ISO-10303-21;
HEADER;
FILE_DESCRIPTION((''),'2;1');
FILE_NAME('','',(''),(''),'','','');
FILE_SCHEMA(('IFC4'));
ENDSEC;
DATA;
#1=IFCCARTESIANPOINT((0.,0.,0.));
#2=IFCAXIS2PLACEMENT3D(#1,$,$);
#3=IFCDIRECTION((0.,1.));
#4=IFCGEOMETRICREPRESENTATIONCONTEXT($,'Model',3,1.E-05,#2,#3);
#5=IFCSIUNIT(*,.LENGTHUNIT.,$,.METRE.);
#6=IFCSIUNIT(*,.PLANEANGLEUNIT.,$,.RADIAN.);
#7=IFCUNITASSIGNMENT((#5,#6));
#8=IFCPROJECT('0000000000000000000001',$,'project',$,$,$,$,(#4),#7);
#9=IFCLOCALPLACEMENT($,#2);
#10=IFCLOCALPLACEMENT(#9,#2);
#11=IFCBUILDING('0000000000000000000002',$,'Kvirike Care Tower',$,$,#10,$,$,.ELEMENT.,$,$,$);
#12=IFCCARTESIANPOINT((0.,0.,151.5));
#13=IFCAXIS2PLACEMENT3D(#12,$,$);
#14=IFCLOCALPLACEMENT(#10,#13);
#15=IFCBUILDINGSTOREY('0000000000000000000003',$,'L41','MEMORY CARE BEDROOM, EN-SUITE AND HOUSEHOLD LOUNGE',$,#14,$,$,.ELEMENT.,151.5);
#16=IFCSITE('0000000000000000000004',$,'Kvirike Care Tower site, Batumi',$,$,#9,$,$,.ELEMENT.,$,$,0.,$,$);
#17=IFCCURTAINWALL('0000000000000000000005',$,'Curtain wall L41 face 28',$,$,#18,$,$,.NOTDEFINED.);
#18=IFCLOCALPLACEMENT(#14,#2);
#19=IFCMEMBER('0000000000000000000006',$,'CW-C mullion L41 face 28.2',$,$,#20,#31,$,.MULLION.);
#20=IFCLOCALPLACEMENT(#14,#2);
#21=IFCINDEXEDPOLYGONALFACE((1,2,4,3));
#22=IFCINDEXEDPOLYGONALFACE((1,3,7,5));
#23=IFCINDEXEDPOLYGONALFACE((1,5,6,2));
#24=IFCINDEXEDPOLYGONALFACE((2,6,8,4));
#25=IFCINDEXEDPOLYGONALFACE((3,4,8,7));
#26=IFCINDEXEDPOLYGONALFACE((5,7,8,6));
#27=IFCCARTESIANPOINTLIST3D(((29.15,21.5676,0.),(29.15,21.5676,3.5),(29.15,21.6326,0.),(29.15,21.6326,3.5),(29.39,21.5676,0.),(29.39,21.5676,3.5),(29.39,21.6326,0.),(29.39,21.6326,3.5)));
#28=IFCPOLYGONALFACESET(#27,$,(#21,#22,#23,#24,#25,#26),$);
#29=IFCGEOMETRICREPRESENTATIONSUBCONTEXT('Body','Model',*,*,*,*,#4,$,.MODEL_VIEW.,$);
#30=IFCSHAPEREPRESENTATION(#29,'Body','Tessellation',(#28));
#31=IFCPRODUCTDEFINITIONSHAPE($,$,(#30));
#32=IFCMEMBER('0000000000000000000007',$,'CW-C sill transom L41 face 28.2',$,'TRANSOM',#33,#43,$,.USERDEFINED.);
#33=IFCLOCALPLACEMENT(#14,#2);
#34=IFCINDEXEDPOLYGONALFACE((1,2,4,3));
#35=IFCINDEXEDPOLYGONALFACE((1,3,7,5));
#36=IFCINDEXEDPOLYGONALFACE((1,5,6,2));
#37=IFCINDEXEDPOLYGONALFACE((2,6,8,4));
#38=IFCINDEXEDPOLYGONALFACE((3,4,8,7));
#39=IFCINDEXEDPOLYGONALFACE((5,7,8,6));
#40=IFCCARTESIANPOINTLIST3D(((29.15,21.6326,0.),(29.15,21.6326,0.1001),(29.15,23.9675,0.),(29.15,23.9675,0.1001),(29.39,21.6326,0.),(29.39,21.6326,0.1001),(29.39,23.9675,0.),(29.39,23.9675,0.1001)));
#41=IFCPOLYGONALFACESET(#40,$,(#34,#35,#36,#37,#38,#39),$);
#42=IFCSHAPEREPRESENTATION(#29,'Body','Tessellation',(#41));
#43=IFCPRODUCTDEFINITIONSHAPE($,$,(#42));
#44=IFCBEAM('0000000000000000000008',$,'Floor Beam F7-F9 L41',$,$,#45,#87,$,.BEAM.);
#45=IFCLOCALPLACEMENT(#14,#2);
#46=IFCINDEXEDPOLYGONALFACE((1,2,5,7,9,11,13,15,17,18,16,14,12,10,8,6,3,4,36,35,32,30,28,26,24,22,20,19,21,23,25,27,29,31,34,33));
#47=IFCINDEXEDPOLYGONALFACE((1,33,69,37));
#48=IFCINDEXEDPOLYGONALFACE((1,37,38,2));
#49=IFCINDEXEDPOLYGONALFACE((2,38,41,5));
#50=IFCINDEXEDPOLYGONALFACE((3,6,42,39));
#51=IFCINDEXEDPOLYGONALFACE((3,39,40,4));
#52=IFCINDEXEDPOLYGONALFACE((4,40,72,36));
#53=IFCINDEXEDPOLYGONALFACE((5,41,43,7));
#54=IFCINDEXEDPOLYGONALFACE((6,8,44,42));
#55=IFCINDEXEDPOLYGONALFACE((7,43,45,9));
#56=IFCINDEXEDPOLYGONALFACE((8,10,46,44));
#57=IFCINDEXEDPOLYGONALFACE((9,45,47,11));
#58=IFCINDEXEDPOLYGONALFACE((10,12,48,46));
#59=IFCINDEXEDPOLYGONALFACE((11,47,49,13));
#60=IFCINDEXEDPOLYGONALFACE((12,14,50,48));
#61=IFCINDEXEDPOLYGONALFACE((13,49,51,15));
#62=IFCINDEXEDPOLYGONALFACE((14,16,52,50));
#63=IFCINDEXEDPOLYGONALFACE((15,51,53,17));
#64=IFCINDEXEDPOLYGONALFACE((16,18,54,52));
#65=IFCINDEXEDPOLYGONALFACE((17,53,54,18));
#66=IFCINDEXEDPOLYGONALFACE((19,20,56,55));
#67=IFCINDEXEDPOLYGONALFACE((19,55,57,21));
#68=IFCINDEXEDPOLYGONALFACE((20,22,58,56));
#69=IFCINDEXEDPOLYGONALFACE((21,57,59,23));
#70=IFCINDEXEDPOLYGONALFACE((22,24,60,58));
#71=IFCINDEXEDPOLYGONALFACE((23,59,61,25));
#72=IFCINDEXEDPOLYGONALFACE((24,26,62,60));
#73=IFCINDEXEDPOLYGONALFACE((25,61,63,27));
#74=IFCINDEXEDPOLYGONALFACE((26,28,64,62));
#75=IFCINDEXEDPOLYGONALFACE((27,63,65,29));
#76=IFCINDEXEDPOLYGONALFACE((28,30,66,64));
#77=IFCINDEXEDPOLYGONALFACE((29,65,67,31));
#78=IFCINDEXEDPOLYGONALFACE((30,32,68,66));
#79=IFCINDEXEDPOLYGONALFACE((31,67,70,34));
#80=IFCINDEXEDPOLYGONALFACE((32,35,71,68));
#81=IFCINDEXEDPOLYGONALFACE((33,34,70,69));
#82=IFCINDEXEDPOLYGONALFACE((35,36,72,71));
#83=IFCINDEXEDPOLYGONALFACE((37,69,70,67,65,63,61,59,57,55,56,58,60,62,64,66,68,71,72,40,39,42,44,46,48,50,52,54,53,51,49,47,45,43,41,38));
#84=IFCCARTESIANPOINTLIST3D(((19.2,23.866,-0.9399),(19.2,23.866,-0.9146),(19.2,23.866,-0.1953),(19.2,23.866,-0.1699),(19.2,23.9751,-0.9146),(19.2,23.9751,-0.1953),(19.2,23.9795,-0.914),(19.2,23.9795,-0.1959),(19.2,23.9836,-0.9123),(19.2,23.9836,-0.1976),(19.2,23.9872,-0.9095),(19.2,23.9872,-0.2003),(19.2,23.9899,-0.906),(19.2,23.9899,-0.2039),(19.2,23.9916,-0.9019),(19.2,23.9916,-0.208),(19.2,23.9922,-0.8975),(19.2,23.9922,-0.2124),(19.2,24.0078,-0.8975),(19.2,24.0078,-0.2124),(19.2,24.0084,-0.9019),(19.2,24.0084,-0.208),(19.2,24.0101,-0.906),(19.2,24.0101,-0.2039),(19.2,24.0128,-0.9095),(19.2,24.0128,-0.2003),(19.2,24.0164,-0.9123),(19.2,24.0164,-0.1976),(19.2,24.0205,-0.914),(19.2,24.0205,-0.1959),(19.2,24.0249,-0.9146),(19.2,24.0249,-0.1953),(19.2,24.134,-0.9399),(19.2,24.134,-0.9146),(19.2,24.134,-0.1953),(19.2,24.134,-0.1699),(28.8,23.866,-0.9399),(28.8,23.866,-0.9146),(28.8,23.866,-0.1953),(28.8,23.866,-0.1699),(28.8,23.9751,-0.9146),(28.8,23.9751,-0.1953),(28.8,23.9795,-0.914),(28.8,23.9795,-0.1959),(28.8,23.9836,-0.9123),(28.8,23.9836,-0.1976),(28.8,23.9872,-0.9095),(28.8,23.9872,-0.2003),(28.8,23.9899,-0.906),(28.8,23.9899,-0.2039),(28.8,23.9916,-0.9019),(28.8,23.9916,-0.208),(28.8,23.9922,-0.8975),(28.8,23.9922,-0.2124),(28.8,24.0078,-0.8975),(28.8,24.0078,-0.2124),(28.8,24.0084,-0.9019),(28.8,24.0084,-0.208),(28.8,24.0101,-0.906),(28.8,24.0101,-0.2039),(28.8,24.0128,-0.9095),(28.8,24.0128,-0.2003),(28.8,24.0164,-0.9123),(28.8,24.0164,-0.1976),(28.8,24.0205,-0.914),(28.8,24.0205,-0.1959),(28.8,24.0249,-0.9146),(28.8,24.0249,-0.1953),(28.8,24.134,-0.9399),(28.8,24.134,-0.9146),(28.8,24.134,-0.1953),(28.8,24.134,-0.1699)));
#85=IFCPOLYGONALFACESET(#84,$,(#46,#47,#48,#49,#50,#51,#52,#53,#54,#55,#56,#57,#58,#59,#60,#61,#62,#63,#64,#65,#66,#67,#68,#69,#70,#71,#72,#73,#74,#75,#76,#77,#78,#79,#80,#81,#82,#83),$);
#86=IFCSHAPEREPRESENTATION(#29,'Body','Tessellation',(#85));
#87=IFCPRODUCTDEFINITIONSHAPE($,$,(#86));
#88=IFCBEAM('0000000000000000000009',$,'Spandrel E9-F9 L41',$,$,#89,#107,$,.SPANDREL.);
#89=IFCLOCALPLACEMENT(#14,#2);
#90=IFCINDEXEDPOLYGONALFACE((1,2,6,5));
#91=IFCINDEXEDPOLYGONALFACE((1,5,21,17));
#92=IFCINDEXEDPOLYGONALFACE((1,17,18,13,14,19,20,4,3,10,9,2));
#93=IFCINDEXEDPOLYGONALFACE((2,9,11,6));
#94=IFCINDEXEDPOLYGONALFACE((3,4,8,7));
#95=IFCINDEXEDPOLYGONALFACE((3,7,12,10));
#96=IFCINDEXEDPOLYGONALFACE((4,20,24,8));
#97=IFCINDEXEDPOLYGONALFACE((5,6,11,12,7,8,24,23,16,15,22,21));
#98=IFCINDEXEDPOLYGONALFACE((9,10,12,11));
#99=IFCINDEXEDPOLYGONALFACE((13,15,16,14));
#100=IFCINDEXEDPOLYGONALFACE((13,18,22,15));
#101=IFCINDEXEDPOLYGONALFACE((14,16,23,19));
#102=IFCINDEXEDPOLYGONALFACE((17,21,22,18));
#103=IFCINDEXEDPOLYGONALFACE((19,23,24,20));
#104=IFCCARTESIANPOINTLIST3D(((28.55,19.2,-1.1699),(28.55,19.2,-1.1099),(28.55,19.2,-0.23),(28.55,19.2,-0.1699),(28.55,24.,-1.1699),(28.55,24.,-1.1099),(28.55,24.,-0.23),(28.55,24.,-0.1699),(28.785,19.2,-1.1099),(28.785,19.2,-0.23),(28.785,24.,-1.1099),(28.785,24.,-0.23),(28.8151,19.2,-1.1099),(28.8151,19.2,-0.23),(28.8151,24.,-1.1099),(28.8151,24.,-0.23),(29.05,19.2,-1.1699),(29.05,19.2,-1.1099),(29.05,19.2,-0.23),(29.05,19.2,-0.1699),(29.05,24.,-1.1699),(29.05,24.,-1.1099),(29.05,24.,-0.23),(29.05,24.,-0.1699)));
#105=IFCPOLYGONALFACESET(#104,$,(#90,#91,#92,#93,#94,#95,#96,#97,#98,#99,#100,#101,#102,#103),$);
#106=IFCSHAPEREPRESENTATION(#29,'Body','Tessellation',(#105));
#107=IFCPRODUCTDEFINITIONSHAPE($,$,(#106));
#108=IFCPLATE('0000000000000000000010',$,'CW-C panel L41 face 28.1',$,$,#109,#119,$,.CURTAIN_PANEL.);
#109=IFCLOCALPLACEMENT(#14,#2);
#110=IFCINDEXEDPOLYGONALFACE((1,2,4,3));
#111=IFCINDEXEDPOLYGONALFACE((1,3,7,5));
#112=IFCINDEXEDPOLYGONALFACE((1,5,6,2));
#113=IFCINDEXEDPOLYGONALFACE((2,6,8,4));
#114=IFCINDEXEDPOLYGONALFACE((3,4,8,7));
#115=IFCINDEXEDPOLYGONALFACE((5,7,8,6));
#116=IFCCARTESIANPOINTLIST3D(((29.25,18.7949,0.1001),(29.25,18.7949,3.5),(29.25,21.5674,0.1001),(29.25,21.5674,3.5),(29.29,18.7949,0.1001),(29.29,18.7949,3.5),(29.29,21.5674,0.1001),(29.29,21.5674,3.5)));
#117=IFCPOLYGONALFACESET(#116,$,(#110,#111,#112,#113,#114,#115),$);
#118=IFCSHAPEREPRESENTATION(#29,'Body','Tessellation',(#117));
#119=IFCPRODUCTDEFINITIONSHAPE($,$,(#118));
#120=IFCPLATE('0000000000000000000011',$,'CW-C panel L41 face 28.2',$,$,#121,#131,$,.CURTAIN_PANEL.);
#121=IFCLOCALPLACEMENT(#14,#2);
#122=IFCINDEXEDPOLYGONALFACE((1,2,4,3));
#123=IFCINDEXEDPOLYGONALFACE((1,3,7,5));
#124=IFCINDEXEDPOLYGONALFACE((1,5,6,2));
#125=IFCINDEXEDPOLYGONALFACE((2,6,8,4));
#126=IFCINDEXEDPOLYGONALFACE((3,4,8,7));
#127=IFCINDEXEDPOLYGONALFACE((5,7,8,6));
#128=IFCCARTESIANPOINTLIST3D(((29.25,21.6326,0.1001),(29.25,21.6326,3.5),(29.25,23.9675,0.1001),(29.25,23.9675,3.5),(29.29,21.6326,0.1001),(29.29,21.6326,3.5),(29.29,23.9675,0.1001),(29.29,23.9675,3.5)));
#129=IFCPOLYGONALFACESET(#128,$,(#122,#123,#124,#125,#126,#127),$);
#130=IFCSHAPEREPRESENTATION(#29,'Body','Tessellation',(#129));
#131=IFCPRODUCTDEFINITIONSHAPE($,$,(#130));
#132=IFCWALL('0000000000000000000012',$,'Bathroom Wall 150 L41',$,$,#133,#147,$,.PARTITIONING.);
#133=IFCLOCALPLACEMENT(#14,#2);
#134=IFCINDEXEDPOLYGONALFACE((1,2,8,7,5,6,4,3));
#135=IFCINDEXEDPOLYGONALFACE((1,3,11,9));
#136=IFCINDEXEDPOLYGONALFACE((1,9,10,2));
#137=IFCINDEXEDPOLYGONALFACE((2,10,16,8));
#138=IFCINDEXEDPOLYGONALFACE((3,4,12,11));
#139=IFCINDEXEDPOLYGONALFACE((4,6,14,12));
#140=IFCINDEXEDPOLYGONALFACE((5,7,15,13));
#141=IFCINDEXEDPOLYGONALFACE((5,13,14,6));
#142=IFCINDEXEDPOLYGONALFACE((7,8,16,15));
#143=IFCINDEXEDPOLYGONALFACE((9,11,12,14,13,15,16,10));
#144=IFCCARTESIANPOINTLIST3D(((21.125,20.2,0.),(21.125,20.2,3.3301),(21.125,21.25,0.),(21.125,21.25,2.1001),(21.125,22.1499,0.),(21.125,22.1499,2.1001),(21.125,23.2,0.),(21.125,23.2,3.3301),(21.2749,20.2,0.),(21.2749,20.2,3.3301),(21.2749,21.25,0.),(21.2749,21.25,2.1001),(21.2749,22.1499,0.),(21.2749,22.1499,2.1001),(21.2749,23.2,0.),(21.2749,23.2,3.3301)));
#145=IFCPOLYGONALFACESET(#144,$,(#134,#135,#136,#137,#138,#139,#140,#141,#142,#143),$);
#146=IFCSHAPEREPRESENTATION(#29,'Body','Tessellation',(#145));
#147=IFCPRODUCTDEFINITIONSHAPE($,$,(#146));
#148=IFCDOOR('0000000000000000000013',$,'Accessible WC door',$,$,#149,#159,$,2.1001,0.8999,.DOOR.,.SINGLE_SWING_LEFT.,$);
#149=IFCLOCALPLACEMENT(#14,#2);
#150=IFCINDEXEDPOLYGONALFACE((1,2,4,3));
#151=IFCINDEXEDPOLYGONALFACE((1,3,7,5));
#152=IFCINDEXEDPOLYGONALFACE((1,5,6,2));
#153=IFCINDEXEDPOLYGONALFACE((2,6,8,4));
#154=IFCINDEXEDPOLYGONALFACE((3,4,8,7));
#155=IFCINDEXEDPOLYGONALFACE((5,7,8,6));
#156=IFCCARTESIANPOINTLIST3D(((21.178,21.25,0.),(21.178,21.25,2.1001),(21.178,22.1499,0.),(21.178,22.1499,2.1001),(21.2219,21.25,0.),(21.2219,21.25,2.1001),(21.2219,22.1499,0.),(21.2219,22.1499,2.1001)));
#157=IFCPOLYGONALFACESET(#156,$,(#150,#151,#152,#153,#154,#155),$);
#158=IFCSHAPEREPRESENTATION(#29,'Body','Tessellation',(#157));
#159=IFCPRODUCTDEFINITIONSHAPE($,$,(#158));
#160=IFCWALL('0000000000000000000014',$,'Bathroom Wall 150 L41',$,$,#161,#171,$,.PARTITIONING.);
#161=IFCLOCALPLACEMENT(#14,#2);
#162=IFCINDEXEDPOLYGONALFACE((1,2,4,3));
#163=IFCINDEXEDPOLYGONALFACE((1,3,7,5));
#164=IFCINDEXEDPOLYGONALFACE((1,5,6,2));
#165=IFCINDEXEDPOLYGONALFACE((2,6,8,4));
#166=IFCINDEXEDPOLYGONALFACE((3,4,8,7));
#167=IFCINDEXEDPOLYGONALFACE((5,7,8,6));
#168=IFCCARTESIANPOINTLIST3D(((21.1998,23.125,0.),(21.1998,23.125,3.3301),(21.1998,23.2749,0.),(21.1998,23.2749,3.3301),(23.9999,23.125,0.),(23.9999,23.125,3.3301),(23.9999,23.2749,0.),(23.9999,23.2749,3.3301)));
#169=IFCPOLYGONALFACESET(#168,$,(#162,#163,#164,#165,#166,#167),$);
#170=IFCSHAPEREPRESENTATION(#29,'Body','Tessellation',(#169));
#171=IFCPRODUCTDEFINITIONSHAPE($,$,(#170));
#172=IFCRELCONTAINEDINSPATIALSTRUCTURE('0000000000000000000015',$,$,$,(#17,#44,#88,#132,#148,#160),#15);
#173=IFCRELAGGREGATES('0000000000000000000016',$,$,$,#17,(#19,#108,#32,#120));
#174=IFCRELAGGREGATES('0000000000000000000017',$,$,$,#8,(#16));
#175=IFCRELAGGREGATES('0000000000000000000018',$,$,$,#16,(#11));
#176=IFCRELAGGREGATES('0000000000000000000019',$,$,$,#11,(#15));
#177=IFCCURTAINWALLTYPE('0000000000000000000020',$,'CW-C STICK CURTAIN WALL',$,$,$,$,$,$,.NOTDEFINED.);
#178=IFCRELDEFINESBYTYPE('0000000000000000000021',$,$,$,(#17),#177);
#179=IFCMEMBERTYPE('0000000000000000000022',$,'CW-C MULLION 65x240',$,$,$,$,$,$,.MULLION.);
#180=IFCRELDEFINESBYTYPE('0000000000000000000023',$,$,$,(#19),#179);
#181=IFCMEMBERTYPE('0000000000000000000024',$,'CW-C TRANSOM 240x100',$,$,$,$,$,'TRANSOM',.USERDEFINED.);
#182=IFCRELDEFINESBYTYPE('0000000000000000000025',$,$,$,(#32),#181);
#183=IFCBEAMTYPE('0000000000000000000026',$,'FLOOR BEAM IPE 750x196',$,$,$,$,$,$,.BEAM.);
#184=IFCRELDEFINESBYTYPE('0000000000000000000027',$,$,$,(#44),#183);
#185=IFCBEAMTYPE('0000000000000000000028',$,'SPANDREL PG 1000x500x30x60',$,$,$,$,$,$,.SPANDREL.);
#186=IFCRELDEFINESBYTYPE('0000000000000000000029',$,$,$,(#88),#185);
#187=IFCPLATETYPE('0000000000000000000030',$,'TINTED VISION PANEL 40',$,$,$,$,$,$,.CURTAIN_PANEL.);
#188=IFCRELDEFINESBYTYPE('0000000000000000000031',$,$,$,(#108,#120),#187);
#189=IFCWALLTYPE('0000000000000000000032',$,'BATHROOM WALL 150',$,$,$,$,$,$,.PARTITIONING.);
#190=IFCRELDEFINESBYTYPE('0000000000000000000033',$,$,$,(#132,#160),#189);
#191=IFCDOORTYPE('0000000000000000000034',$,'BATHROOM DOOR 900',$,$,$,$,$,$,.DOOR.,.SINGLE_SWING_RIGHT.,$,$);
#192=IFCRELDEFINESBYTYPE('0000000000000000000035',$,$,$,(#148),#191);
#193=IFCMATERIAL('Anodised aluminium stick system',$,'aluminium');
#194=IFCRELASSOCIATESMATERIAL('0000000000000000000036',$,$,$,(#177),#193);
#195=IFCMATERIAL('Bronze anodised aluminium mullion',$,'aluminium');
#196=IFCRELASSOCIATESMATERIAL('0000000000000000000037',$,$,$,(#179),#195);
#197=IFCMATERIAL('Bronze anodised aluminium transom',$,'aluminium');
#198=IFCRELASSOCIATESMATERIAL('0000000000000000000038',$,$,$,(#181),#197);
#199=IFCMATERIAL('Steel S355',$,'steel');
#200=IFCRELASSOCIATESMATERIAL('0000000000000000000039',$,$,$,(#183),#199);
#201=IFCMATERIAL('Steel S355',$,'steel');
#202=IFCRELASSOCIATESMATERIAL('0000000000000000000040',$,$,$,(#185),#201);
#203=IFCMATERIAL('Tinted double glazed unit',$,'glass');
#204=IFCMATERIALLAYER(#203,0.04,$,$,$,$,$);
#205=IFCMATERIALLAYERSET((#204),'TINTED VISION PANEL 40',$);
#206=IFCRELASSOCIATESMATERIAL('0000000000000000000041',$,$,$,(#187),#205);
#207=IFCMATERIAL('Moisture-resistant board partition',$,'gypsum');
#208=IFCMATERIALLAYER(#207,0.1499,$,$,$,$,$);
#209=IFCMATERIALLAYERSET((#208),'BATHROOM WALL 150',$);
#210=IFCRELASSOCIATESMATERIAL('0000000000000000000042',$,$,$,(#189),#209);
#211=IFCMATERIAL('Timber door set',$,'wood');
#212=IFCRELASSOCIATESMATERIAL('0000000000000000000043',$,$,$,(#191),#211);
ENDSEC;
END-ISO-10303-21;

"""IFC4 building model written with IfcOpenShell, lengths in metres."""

from ifc_helpers import new_model, si_unit, direction, frame, frame_2d, origin, origin_2d, place, context, subcontext, project, spatial, rectangle, i_section, extrude, material, layer, layer_set, material_profile, profile_set, type_object, element, fill, aggregate, save


model = new_model("IFC4")

# Units and contexts
model_context = context("Model", 3, precision=1e-05, world=origin(), true_north=direction((0.0, 1.0)))
body_context = subcontext(model_context, "Body", "Model", "MODEL_VIEW")
ifc_project = project(units=[si_unit("LENGTHUNIT", "METRE"), si_unit("PLANEANGLEUNIT", "RADIAN")], contexts=[model_context])

# Site, building, storey
site_placement = place(None, origin())
site = spatial("IfcSite", under=ifc_project, at=site_placement, Name="Kvirike Care Tower site, Batumi", CompositionType="ELEMENT", RefElevation=0.0)
building_placement = place(site_placement, origin())
building = spatial("IfcBuilding", under=site, at=building_placement, Name="Kvirike Care Tower", CompositionType="ELEMENT")
storey_placement = place(building_placement, frame((0.0, 0.0, 151.5)))
storey = spatial("IfcBuildingStorey", under=building, at=storey_placement, Name="L41", Description="MEMORY CARE BEDROOM, EN-SUITE AND HOUSEHOLD LOUNGE", CompositionType="ELEMENT", Elevation=151.5)

# Curtain wall, members
ifc_material_1 = material(Name="Anodised aluminium stick system", Category="aluminium")
curtain_wall_type = type_object("IfcCurtainWallType", Name="CW-C STICK CURTAIN WALL", PredefinedType="NOTDEFINED", material=ifc_material_1)
curtain_wall_placement = place(storey_placement, origin())
curtain_wall = element("IfcCurtainWall", 1, at=curtain_wall_placement, inside=storey, type_object=curtain_wall_type, Name="Curtain wall L41 face 28", PredefinedType="NOTDEFINED")
ifc_material_2 = material(Name="Bronze anodised aluminium mullion", Category="aluminium")
ifc_material_profile_1 = material_profile(ifc_material_2, rectangle(XDim=0.0649, YDim=0.24, at=origin_2d()), Name="CW-C MULLION 65x240")
ifc_profile_set_1 = profile_set([ifc_material_profile_1], Name="Bronze anodised aluminium mullion")
member_type_1 = type_object("IfcMemberType", Name="CW-C MULLION 65x240", PredefinedType="MULLION", material=ifc_profile_set_1)
member_1_placement = place(storey_placement, frame((29.27, 21.6001, 0.0), z_axis=(0.0, 0.0, 1.0), x_axis=(0.0, 1.0, 0.0)))
member_1 = element("IfcMember", 2, at=member_1_placement, type_object=member_type_1, Name="CW-C mullion L41 face 28.2", PredefinedType="MULLION", context=body_context, shape_type="SweptSolid", body=[
    extrude(rectangle(XDim=0.0649, YDim=0.24, at=origin_2d()), origin(), (0.0, 0.0, 1.0), 3.5),
])
ifc_material_3 = material(Name="Bronze anodised aluminium transom", Category="aluminium")
ifc_material_profile_2 = material_profile(ifc_material_3, rectangle(XDim=0.24, YDim=0.1001, at=origin_2d()), Name="CW-C TRANSOM 240x100")
ifc_profile_set_2 = profile_set([ifc_material_profile_2], Name="Bronze anodised aluminium transom")
member_type_2 = type_object("IfcMemberType", Name="CW-C TRANSOM 240x100", ElementType="TRANSOM", PredefinedType="USERDEFINED", material=ifc_profile_set_2)
member_2_placement = place(storey_placement, frame((29.27, 21.6326, 0.05), z_axis=(0.0, 1.0, 0.0), x_axis=(-1.0, 0.0, 0.0)))
member_2 = element("IfcMember", 3, at=member_2_placement, type_object=member_type_2, Name="CW-C sill transom L41 face 28.2", ObjectType="TRANSOM", PredefinedType="USERDEFINED", context=body_context, shape_type="SweptSolid", body=[
    extrude(rectangle(XDim=0.24, YDim=0.1001, at=origin_2d()), origin(), (0.0, 0.0, 1.0), 2.335),
])

# Beams
ifc_material_4 = material(Name="Steel S355", Category="steel")
ifc_material_profile_3 = material_profile(ifc_material_4, i_section(OverallWidth=0.2681, OverallDepth=0.77, WebThickness=0.0156, FlangeThickness=0.0254, FilletRadius=0.0171, at=origin_2d()), Name="IPE 750x196")
ifc_profile_set_3 = profile_set([ifc_material_profile_3], Name="Steel S355")
beam_type_1 = type_object("IfcBeamType", Name="FLOOR BEAM IPE 750x196", PredefinedType="BEAM", material=ifc_profile_set_3)
beam_1_placement = place(storey_placement, frame((19.2, 24.0, -0.5549), z_axis=(1.0, 0.0, 0.0), x_axis=(0.0, 1.0, 0.0)))
element("IfcBeam", 4, at=beam_1_placement, inside=storey, type_object=beam_type_1, Name="Floor Beam F7-F9 L41", PredefinedType="BEAM", context=body_context, shape_type="SweptSolid", body=[
    extrude(i_section(OverallWidth=0.2681, OverallDepth=0.77, WebThickness=0.0156, FlangeThickness=0.0254, FilletRadius=0.0171, at=origin_2d()), origin(), (0.0, 0.0, 1.0), 9.6001),
])
ifc_material_5 = material(Name="Steel S355", Category="steel")
ifc_material_profile_4 = material_profile(ifc_material_5, i_section(OverallWidth=0.5, OverallDepth=1.0, WebThickness=0.03, FlangeThickness=0.0601, at=origin_2d()), Name="PG 1000x500x30x60")
ifc_profile_set_4 = profile_set([ifc_material_profile_4], Name="Steel S355")
beam_type_2 = type_object("IfcBeamType", Name="SPANDREL PG 1000x500x30x60", PredefinedType="SPANDREL", material=ifc_profile_set_4)
beam_2_placement = place(storey_placement, frame((28.8, 19.2, -0.6699), z_axis=(0.0, 1.0, 0.0), x_axis=(-1.0, 0.0, 0.0)))
element("IfcBeam", 5, at=beam_2_placement, inside=storey, type_object=beam_type_2, Name="Spandrel E9-F9 L41", PredefinedType="SPANDREL", context=body_context, shape_type="SweptSolid", body=[
    extrude(i_section(OverallWidth=0.5, OverallDepth=1.0, WebThickness=0.03, FlangeThickness=0.0601, at=origin_2d()), origin(), (0.0, 0.0, 1.0), 4.8),
])

# Plates
ifc_material_6 = material(Name="Tinted double glazed unit", Category="glass")
ifc_layer_1 = layer(ifc_material_6, 0.04)
ifc_layer_set_1 = layer_set([ifc_layer_1], Name="TINTED VISION PANEL 40")
plate_type = type_object("IfcPlateType", Name="TINTED VISION PANEL 40", PredefinedType="CURTAIN_PANEL", material=ifc_layer_set_1)
plate_1_placement = place(storey_placement, frame((29.27, 20.1812, 0.1001), z_axis=(0.0, 0.0, 1.0), x_axis=(0.0, 1.0, 0.0)))
plate_1 = element("IfcPlate", 6, at=plate_1_placement, type_object=plate_type, Name="CW-C panel L41 face 28.1", PredefinedType="CURTAIN_PANEL", context=body_context, shape_type="SweptSolid", body=[
    extrude(rectangle(XDim=2.7725, YDim=0.04, at=origin_2d()), origin(), (0.0, 0.0, 1.0), 3.3999),
])
plate_2_placement = place(storey_placement, frame((29.27, 22.8, 0.1001), z_axis=(0.0, 0.0, 1.0), x_axis=(0.0, 1.0, 0.0)))
plate_2 = element("IfcPlate", 7, at=plate_2_placement, type_object=plate_type, Name="CW-C panel L41 face 28.2", PredefinedType="CURTAIN_PANEL", context=body_context, shape_type="SweptSolid", body=[
    extrude(rectangle(XDim=2.335, YDim=0.04, at=origin_2d()), origin(), (0.0, 0.0, 1.0), 3.3999),
])
aggregate(curtain_wall, [member_1, plate_1, member_2, plate_2])

# Wall, opening, door
ifc_material_7 = material(Name="Moisture-resistant board partition", Category="gypsum")
ifc_layer_2 = layer(ifc_material_7, 0.1499)
ifc_layer_set_2 = layer_set([ifc_layer_2], Name="BATHROOM WALL 150")
wall_type_1 = type_object("IfcWallType", Name="BATHROOM WALL 150", PredefinedType="PARTITIONING", material=ifc_layer_set_2)
wall_1_placement = place(storey_placement, frame((21.2, 20.2, 0.0), z_axis=(0.0, 0.0, 1.0), x_axis=(0.0, 1.0, 0.0)))
wall_1 = element("IfcWall", 8, at=wall_1_placement, inside=storey, type_object=wall_type_1, Name="Bathroom Wall 150 L41", PredefinedType="PARTITIONING", context=body_context, shape_type="SweptSolid", body=[
    extrude(rectangle(XDim=3.0, YDim=0.1499, at=frame_2d((1.5, 0.0))), origin(), (0.0, 0.0, 1.0), 3.3301),
])
opening_1_placement = place(wall_1_placement, frame((1.05, 0.0, 0.0)))
opening_1 = element("IfcOpeningElement", 9, at=opening_1_placement, cuts=wall_1, PredefinedType="OPENING", context=body_context, shape_type="SweptSolid", body=[
    extrude(rectangle(XDim=0.8999, YDim=2.1001, at=frame_2d((0.45, 1.05))), frame((0.0, 0.0854, 0.0), z_axis=(0.0, -1.0, 0.0), x_axis=(1.0, 0.0, 0.0)), (0.0, 0.0, 1.0), 0.1709),
])
ifc_material_8 = material(Name="Timber door set", Category="wood")
door_type_1 = type_object("IfcDoorType", Name="BATHROOM DOOR 900", OperationType="SINGLE_SWING_RIGHT", PredefinedType="DOOR", material=ifc_material_8)
door_1_placement = place(opening_1_placement, frame((0.8999, 0.0, 0.0), z_axis=(0.0, 0.0, 1.0), x_axis=(-1.0, 0.0, 0.0)))
door_1 = element("IfcDoor", 10, at=door_1_placement, inside=storey, type_object=door_type_1, Name="Accessible WC door", OperationType="SINGLE_SWING_LEFT", OverallHeight=2.1001, OverallWidth=0.8999, PredefinedType="DOOR", context=body_context, shape_type="SweptSolid", body=[
    extrude(rectangle(XDim=0.8999, YDim=2.1001, at=frame_2d((0.45, 1.05))), frame((0.0, 0.022, 0.0), z_axis=(0.0, -1.0, 0.0), x_axis=(1.0, 0.0, 0.0)), (0.0, 0.0, 1.0), 0.0439),
])
fill(opening_1, door_1)

# Wall
wall_2_placement = place(storey_placement, frame((21.2, 23.2, 0.0), z_axis=(0.0, 0.0, 1.0), x_axis=(1.0, 0.0, 0.0)))
element("IfcWall", 11, at=wall_2_placement, inside=storey, type_object=wall_type_1, Name="Bathroom Wall 150 L41", PredefinedType="PARTITIONING", context=body_context, shape_type="SweptSolid", body=[
    extrude(rectangle(XDim=2.8, YDim=0.1499, at=frame_2d((1.3999, 0.0))), origin(), (0.0, 0.0, 1.0), 3.3301),
])

save(model, "model.ifc")
